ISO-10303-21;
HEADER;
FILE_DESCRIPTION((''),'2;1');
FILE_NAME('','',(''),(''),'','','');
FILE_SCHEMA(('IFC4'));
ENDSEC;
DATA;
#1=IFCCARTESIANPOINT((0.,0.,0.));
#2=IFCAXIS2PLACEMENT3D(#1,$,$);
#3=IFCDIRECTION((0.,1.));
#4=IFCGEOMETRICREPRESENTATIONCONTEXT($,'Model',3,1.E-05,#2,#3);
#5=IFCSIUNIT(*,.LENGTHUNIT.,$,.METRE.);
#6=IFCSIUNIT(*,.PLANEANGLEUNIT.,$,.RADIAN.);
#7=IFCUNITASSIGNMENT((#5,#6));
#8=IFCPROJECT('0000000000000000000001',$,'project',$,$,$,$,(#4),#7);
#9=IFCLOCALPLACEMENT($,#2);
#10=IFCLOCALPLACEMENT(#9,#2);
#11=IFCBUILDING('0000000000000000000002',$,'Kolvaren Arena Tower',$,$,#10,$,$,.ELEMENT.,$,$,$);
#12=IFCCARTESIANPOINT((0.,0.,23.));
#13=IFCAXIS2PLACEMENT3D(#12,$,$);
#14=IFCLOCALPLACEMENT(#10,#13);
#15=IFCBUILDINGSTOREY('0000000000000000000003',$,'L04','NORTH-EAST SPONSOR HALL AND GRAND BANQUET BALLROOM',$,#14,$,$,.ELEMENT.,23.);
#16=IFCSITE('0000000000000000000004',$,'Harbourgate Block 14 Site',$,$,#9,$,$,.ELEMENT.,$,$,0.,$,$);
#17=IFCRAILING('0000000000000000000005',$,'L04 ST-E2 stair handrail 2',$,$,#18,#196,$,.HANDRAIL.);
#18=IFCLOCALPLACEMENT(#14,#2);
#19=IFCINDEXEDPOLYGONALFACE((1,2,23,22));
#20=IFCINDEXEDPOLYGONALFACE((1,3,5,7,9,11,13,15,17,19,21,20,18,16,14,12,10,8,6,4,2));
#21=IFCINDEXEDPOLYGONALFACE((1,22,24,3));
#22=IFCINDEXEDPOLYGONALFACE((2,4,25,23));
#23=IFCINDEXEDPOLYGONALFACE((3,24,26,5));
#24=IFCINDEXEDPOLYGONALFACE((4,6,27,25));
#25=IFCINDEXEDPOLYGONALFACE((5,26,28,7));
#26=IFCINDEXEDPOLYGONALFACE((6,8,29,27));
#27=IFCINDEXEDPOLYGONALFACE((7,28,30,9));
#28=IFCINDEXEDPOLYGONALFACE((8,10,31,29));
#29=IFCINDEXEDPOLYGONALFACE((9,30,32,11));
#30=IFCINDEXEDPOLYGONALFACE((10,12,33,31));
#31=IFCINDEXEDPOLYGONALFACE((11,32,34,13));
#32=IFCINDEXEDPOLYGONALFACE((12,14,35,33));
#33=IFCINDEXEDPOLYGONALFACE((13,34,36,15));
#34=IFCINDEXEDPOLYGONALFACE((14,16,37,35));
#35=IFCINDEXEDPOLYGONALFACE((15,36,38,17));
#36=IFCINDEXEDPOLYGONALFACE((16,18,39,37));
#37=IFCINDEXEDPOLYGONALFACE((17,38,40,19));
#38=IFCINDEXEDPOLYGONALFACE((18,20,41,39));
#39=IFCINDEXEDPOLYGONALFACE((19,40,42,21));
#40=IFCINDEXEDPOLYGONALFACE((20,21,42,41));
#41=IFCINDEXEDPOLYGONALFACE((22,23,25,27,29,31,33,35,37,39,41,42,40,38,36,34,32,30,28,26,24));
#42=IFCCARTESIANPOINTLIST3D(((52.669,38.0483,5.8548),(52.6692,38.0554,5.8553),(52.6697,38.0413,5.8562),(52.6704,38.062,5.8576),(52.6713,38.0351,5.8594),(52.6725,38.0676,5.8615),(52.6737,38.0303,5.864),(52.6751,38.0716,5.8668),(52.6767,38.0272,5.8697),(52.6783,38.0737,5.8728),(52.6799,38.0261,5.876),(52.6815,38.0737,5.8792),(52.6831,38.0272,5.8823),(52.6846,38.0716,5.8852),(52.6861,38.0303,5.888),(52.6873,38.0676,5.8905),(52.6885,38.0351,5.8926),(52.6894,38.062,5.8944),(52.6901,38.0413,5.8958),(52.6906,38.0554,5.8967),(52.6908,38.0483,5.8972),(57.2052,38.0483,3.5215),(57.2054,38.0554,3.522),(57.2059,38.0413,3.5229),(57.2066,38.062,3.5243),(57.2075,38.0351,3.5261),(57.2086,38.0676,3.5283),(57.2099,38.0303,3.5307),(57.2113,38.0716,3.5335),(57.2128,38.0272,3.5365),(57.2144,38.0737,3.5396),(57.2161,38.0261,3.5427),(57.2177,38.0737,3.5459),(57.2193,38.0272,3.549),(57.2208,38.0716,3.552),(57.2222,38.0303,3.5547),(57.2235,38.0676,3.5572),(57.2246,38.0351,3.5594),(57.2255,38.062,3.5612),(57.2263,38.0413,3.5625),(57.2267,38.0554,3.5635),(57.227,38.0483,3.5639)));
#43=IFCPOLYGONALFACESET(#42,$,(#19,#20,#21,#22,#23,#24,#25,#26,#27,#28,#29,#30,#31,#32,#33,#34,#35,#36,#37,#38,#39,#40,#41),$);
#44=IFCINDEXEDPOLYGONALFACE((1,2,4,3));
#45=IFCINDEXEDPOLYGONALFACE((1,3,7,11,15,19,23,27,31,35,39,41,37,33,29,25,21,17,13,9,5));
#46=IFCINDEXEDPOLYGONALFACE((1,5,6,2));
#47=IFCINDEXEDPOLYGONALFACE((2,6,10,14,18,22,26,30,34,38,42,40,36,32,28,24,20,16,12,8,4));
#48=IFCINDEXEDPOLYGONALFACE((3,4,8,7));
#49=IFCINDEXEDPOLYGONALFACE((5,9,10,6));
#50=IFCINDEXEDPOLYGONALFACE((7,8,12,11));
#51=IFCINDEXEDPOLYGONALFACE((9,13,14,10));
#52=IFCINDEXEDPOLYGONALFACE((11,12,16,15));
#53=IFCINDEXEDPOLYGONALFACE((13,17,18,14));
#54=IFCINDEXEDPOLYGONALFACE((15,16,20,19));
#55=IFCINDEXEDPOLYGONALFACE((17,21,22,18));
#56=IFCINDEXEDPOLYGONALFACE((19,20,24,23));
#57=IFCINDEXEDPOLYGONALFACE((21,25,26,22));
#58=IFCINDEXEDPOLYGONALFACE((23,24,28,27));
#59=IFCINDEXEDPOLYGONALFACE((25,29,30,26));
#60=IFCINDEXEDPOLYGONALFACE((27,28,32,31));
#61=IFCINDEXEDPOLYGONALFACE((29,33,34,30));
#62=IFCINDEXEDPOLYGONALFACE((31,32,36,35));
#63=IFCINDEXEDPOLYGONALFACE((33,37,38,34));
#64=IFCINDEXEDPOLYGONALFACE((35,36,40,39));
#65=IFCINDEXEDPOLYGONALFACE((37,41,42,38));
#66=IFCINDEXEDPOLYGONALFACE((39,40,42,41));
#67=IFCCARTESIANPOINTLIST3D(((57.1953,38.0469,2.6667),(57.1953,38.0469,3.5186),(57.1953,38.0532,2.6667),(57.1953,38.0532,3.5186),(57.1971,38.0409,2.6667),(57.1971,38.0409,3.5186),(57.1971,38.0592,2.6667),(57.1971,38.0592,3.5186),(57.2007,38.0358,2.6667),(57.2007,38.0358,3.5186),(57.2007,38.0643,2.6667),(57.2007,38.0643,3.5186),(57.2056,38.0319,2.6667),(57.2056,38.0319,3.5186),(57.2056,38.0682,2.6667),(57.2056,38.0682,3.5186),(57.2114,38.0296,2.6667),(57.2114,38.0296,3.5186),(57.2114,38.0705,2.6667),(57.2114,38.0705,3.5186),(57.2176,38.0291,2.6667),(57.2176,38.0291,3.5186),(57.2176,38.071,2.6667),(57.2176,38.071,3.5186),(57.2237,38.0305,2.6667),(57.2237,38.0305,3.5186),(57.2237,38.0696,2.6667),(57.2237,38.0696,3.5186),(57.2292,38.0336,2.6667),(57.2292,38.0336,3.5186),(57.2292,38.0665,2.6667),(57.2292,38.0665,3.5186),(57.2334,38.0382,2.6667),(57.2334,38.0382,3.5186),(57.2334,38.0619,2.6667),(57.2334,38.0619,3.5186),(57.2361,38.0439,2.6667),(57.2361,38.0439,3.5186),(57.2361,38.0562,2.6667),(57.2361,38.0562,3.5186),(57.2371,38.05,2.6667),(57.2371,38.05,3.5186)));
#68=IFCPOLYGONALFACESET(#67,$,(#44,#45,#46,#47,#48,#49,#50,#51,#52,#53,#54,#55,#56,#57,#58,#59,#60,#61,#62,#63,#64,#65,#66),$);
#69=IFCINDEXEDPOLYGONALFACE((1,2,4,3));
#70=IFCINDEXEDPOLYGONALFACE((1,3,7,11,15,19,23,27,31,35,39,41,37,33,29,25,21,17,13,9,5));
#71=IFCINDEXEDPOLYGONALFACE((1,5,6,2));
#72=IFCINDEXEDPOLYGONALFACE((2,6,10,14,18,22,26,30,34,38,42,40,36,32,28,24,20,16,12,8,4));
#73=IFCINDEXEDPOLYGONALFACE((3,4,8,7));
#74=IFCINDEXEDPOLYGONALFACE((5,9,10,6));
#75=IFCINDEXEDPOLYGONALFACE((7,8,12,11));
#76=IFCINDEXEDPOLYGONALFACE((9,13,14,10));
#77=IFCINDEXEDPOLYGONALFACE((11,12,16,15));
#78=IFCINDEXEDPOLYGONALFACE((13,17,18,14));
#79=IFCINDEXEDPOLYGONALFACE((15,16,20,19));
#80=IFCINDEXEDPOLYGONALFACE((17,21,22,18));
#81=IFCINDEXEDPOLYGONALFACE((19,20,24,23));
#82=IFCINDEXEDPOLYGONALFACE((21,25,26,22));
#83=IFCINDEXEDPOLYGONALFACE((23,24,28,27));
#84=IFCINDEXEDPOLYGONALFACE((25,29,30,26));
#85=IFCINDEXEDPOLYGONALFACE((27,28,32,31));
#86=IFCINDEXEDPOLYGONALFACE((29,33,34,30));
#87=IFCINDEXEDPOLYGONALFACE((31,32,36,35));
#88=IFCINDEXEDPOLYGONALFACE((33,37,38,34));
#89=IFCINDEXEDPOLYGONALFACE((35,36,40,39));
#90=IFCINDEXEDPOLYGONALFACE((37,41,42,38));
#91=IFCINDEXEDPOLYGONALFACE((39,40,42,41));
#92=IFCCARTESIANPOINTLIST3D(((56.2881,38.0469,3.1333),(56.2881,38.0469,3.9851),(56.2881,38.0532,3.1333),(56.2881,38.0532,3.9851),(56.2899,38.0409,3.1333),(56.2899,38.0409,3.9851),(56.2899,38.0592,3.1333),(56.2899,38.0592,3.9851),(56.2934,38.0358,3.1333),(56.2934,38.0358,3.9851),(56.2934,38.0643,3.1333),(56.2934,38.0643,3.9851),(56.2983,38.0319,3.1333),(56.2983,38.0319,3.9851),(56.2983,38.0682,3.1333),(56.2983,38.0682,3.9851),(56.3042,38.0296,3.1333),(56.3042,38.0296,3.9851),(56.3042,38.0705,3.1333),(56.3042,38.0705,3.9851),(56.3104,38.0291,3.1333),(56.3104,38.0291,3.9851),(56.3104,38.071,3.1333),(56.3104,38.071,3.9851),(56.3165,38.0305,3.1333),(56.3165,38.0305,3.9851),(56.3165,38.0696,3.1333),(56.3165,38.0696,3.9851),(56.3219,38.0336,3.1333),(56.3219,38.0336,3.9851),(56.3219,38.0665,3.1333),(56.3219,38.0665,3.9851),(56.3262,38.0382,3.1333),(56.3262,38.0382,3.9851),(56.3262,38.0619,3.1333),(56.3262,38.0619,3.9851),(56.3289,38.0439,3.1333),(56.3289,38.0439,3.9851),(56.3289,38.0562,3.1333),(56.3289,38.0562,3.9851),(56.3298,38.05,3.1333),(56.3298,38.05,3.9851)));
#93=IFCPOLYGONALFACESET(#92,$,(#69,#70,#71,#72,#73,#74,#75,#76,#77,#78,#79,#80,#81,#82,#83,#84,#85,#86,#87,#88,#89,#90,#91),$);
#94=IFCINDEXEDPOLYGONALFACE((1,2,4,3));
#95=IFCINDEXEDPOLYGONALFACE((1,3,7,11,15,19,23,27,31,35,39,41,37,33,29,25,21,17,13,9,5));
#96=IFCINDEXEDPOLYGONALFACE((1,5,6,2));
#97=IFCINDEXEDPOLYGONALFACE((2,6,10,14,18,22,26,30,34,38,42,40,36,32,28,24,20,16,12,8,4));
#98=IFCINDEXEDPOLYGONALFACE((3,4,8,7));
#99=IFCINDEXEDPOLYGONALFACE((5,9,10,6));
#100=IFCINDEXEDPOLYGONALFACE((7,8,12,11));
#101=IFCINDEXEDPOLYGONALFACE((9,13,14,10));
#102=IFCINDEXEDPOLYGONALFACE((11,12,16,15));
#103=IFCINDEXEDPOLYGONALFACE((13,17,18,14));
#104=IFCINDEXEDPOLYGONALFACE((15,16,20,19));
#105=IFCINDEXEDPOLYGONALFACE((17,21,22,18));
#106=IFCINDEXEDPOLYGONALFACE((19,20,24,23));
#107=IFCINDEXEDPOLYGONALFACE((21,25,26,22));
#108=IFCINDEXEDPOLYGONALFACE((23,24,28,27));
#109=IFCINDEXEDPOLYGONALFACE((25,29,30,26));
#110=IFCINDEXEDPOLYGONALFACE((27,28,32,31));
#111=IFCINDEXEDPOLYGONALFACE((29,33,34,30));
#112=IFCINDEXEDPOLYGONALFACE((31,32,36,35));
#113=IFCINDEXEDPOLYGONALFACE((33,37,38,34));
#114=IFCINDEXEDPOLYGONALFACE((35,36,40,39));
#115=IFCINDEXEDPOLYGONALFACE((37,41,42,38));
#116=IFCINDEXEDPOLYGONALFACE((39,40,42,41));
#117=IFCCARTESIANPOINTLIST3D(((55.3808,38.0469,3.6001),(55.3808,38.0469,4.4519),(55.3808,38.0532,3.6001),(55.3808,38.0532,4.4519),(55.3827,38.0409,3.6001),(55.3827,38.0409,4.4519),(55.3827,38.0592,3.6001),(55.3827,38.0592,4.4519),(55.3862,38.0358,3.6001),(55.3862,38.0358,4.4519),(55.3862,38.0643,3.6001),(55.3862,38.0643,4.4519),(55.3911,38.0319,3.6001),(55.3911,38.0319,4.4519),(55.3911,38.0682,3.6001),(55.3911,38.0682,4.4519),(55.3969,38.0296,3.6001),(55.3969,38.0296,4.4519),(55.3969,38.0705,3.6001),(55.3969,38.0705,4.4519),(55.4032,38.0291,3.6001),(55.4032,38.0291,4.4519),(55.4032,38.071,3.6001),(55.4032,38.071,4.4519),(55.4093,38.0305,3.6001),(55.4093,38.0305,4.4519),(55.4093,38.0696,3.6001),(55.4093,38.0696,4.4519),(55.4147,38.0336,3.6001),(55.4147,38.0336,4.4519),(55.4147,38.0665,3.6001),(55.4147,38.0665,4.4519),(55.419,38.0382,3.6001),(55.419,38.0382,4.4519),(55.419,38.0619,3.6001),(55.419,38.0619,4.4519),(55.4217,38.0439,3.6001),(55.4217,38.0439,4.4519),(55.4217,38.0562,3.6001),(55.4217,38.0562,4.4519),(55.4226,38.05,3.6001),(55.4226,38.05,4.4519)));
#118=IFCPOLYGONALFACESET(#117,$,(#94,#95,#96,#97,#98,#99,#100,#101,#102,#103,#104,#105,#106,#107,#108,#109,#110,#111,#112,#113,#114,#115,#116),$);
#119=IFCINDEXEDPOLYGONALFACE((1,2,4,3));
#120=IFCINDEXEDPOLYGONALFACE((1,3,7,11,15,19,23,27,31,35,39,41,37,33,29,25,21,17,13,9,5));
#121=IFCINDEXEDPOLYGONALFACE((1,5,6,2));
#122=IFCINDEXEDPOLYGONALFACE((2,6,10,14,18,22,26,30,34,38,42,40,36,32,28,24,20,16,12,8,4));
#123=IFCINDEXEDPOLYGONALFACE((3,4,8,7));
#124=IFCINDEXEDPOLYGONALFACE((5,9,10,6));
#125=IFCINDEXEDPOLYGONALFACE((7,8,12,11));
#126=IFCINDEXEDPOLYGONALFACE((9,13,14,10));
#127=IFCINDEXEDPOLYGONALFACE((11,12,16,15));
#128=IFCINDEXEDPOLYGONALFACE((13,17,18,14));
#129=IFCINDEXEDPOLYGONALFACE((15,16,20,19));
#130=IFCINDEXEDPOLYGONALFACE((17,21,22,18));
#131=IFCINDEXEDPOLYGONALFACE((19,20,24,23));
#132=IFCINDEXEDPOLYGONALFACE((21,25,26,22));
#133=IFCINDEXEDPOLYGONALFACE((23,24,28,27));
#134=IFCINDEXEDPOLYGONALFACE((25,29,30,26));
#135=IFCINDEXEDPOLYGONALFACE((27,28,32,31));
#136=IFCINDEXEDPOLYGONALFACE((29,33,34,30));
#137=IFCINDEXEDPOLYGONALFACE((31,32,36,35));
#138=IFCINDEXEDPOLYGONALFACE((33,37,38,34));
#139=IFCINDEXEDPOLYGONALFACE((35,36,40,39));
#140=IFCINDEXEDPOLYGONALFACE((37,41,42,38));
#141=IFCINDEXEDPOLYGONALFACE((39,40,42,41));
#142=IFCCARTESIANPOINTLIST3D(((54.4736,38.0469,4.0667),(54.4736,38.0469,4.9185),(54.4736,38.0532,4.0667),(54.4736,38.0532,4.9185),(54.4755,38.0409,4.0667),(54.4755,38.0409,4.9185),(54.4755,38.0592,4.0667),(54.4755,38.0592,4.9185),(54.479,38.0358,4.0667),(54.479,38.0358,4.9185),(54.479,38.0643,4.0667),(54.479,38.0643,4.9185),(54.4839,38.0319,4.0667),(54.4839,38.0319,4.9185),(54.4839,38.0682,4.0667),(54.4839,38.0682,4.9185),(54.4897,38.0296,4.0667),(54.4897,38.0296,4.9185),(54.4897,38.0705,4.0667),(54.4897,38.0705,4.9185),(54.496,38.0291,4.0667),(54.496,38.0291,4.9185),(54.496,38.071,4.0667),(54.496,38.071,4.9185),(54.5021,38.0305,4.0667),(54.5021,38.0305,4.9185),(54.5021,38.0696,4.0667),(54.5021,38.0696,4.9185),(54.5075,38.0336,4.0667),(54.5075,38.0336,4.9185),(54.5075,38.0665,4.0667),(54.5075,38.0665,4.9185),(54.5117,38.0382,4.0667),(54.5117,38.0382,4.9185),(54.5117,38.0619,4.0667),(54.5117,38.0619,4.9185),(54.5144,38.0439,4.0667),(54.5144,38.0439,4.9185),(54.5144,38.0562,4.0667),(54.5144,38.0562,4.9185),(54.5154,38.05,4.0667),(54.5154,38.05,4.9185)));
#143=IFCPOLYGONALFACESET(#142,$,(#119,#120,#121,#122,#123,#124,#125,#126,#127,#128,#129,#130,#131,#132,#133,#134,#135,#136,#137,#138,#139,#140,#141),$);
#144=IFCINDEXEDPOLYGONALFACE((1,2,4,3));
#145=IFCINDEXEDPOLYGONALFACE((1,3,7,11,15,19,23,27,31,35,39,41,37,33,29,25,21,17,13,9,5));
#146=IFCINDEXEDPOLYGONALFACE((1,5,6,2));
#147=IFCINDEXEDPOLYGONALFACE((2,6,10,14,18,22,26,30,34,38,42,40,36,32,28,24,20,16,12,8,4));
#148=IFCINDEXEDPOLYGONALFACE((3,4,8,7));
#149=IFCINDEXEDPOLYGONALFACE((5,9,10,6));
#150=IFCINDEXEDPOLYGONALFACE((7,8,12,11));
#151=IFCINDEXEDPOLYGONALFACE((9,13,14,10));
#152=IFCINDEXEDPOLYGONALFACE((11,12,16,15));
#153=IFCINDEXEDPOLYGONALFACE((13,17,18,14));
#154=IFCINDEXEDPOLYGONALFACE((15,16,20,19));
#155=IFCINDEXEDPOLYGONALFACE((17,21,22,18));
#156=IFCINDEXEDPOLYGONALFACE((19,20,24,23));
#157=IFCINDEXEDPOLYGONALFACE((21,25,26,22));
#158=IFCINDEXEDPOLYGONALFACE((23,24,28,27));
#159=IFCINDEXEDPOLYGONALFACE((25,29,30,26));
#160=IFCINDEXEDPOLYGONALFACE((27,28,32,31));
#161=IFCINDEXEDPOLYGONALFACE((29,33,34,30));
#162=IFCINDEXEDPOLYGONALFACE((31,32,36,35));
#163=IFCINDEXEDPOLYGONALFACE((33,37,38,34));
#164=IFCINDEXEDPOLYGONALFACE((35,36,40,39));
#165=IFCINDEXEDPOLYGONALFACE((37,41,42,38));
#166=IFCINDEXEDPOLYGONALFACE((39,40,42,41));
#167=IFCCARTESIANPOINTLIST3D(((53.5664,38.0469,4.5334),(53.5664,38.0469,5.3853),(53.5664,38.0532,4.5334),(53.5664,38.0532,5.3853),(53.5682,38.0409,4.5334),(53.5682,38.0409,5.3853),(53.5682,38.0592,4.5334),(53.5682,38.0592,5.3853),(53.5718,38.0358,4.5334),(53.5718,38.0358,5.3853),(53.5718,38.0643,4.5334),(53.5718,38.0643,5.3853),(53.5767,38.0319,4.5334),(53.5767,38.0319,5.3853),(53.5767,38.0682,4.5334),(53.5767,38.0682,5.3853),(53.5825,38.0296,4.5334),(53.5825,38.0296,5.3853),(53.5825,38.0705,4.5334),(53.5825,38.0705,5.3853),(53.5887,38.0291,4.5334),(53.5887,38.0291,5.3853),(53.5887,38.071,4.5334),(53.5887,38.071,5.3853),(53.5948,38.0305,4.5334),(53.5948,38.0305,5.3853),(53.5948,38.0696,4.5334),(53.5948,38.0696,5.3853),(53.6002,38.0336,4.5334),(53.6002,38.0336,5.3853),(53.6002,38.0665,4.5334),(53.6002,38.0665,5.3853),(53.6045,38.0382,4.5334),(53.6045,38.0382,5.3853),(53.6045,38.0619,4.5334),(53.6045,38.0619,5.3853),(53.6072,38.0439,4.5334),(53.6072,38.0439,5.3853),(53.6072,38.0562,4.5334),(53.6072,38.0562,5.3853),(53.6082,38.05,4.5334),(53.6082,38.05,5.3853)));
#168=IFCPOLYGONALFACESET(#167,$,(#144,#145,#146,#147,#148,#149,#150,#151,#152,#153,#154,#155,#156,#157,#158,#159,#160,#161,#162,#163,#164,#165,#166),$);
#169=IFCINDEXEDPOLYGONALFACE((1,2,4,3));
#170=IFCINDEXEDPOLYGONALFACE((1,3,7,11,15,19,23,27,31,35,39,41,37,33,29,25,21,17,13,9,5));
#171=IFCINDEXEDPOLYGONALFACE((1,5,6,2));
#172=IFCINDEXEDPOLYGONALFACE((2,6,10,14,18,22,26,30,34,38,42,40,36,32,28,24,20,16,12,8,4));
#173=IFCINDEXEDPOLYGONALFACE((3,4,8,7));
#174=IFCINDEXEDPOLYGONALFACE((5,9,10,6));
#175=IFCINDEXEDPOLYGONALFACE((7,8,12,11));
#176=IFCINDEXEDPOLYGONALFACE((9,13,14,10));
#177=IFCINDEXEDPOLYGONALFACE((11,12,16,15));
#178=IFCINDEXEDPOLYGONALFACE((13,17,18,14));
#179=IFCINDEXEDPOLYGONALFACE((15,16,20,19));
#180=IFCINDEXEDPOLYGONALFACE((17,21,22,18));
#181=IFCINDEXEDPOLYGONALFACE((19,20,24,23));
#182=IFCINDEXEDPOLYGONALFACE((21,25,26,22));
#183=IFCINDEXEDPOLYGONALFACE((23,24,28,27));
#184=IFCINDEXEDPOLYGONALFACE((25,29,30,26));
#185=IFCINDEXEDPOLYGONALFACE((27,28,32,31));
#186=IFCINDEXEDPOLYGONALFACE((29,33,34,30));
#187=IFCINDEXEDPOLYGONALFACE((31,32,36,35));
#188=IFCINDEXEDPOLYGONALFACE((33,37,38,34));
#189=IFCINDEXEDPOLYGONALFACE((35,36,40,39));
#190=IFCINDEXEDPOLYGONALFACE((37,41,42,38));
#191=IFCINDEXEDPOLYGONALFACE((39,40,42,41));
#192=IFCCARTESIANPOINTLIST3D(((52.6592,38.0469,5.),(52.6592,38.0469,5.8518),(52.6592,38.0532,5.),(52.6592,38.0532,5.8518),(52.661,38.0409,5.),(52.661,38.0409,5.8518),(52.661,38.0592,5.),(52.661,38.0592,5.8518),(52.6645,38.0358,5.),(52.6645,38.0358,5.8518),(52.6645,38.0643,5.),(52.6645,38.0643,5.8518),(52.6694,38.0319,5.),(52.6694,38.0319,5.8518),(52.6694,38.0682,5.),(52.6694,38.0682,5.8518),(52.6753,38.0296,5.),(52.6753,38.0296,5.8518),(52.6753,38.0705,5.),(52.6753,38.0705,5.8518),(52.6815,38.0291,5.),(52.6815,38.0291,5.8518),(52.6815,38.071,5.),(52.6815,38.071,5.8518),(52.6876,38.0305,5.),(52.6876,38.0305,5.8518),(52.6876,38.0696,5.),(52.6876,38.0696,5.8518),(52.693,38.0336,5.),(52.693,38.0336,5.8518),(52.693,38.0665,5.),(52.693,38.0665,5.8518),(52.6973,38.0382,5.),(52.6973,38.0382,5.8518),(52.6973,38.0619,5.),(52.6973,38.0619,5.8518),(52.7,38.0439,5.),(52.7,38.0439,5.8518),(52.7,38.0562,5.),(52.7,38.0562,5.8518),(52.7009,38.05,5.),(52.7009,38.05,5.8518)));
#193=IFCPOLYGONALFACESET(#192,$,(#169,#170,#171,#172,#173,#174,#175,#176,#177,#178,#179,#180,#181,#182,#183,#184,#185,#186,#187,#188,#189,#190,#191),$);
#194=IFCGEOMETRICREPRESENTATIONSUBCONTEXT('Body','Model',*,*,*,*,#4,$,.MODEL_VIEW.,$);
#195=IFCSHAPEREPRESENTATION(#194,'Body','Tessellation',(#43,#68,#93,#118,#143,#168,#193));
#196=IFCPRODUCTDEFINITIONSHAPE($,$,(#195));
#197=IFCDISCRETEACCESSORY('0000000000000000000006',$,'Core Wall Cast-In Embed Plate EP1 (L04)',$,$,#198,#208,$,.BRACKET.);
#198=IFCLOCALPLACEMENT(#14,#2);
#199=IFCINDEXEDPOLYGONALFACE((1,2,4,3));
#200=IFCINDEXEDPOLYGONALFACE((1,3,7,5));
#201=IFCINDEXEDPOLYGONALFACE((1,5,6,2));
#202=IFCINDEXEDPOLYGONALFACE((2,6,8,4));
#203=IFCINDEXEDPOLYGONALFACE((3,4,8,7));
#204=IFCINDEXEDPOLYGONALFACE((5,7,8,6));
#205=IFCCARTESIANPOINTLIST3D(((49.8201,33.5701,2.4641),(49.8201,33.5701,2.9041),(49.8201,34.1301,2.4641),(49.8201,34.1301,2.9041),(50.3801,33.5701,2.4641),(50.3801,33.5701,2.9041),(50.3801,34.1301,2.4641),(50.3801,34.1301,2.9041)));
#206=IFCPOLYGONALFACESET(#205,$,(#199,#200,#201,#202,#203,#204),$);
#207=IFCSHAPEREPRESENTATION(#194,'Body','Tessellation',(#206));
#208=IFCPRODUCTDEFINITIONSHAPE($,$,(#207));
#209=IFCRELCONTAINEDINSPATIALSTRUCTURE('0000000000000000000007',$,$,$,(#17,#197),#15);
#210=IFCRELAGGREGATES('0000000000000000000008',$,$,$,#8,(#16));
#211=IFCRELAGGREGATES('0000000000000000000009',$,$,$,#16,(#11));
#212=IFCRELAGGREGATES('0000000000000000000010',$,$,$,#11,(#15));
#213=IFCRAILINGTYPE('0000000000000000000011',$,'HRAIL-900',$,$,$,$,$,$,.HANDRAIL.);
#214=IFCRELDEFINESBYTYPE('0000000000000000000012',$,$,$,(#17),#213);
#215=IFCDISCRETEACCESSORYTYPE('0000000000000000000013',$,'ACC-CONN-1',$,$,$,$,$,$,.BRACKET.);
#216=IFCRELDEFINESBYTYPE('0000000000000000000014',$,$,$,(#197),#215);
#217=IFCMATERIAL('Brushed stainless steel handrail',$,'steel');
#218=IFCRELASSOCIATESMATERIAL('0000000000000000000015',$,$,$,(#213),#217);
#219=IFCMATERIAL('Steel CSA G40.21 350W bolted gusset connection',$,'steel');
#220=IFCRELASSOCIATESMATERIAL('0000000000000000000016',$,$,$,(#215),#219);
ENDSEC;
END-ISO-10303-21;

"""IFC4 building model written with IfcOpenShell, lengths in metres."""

from ifc_helpers import new_model, si_unit, direction, frame, origin, origin_2d, place, context, subcontext, project, spatial, rectangle, circle, extrude, material, type_object, element, save


model = new_model("IFC4")

# Units and contexts
model_context = context("Model", 3, precision=1e-05, world=origin(), true_north=direction((0.0, 1.0)))
body_context = subcontext(model_context, "Body", "Model", "MODEL_VIEW")
ifc_project = project(units=[si_unit("LENGTHUNIT", "METRE"), si_unit("PLANEANGLEUNIT", "RADIAN")], contexts=[model_context])

# Site, building, storey
site_placement = place(None, origin())
site = spatial("IfcSite", under=ifc_project, at=site_placement, Name="Harbourgate Block 14 Site", CompositionType="ELEMENT", RefElevation=0.0)
building_placement = place(site_placement, origin())
building = spatial("IfcBuilding", under=site, at=building_placement, Name="Kolvaren Arena Tower", CompositionType="ELEMENT")
storey_placement = place(building_placement, frame((0.0, 0.0, 23.0)))
storey = spatial("IfcBuildingStorey", under=building, at=storey_placement, Name="L04", Description="NORTH-EAST SPONSOR HALL AND GRAND BANQUET BALLROOM", CompositionType="ELEMENT", Elevation=23.0)

# Railing
ifc_material_1 = material(Name="Brushed stainless steel handrail", Category="steel")
railing_type_1 = type_object("IfcRailingType", Name="HRAIL-900", PredefinedType="HANDRAIL", material=ifc_material_1)
railing_1_placement = place(storey_placement, frame((57.2161, 38.05, 2.6667)))
element("IfcRailing", 1, at=railing_1_placement, inside=storey, type_object=railing_type_1, Name="L04 ST-E2 stair handrail 2", PredefinedType="HANDRAIL", context=body_context, shape_type="SweptSolid", body=[
    extrude(circle(Radius=0.0239, at=origin_2d()), frame((0.0, 0.0, 0.876), z_axis=(-0.889257, 0.0, 0.457407), x_axis=(0.0, -1.0, 0.0)), (0.0, 0.0, 1.0), 5.1011),
    extrude(circle(Radius=0.021, at=origin_2d()), origin(), (0.0, 0.0, 1.0), 0.8518),
    extrude(circle(Radius=0.021, at=origin_2d()), frame((-0.9072, 0.0, 0.4666)), (0.0, 0.0, 1.0), 0.8518),
    extrude(circle(Radius=0.021, at=origin_2d()), frame((-1.8145, 0.0, 0.9333)), (0.0, 0.0, 1.0), 0.8518),
    extrude(circle(Radius=0.021, at=origin_2d()), frame((-2.7217, 0.0, 1.3999)), (0.0, 0.0, 1.0), 0.8518),
    extrude(circle(Radius=0.021, at=origin_2d()), frame((-3.6289, 0.0, 1.8667)), (0.0, 0.0, 1.0), 0.8518),
    extrude(circle(Radius=0.021, at=origin_2d()), frame((-4.5361, 0.0, 2.3333)), (0.0, 0.0, 1.0), 0.8518),
])

# Discrete accessory
ifc_material_2 = material(Name="Steel CSA G40.21 350W bolted gusset connection", Category="steel")
discrete_accessory_type = type_object("IfcDiscreteAccessoryType", Name="ACC-CONN-1", PredefinedType="BRACKET", material=ifc_material_2)
discrete_accessory_placement = place(storey_placement, frame((50.1001, 33.8501, 2.4641), z_axis=(0.0, 0.0, 1.0), x_axis=(1.0, 0.0, 0.0)))
element("IfcDiscreteAccessory", 2, at=discrete_accessory_placement, inside=storey, type_object=discrete_accessory_type, Name="Core Wall Cast-In Embed Plate EP1 (L04)", PredefinedType="BRACKET", context=body_context, shape_type="SweptSolid", body=[
    extrude(rectangle(XDim=0.5601, YDim=0.5601, at=origin_2d()), origin(), (0.0, 0.0, 1.0), 0.4399),
])

save(model, "model.ifc")
